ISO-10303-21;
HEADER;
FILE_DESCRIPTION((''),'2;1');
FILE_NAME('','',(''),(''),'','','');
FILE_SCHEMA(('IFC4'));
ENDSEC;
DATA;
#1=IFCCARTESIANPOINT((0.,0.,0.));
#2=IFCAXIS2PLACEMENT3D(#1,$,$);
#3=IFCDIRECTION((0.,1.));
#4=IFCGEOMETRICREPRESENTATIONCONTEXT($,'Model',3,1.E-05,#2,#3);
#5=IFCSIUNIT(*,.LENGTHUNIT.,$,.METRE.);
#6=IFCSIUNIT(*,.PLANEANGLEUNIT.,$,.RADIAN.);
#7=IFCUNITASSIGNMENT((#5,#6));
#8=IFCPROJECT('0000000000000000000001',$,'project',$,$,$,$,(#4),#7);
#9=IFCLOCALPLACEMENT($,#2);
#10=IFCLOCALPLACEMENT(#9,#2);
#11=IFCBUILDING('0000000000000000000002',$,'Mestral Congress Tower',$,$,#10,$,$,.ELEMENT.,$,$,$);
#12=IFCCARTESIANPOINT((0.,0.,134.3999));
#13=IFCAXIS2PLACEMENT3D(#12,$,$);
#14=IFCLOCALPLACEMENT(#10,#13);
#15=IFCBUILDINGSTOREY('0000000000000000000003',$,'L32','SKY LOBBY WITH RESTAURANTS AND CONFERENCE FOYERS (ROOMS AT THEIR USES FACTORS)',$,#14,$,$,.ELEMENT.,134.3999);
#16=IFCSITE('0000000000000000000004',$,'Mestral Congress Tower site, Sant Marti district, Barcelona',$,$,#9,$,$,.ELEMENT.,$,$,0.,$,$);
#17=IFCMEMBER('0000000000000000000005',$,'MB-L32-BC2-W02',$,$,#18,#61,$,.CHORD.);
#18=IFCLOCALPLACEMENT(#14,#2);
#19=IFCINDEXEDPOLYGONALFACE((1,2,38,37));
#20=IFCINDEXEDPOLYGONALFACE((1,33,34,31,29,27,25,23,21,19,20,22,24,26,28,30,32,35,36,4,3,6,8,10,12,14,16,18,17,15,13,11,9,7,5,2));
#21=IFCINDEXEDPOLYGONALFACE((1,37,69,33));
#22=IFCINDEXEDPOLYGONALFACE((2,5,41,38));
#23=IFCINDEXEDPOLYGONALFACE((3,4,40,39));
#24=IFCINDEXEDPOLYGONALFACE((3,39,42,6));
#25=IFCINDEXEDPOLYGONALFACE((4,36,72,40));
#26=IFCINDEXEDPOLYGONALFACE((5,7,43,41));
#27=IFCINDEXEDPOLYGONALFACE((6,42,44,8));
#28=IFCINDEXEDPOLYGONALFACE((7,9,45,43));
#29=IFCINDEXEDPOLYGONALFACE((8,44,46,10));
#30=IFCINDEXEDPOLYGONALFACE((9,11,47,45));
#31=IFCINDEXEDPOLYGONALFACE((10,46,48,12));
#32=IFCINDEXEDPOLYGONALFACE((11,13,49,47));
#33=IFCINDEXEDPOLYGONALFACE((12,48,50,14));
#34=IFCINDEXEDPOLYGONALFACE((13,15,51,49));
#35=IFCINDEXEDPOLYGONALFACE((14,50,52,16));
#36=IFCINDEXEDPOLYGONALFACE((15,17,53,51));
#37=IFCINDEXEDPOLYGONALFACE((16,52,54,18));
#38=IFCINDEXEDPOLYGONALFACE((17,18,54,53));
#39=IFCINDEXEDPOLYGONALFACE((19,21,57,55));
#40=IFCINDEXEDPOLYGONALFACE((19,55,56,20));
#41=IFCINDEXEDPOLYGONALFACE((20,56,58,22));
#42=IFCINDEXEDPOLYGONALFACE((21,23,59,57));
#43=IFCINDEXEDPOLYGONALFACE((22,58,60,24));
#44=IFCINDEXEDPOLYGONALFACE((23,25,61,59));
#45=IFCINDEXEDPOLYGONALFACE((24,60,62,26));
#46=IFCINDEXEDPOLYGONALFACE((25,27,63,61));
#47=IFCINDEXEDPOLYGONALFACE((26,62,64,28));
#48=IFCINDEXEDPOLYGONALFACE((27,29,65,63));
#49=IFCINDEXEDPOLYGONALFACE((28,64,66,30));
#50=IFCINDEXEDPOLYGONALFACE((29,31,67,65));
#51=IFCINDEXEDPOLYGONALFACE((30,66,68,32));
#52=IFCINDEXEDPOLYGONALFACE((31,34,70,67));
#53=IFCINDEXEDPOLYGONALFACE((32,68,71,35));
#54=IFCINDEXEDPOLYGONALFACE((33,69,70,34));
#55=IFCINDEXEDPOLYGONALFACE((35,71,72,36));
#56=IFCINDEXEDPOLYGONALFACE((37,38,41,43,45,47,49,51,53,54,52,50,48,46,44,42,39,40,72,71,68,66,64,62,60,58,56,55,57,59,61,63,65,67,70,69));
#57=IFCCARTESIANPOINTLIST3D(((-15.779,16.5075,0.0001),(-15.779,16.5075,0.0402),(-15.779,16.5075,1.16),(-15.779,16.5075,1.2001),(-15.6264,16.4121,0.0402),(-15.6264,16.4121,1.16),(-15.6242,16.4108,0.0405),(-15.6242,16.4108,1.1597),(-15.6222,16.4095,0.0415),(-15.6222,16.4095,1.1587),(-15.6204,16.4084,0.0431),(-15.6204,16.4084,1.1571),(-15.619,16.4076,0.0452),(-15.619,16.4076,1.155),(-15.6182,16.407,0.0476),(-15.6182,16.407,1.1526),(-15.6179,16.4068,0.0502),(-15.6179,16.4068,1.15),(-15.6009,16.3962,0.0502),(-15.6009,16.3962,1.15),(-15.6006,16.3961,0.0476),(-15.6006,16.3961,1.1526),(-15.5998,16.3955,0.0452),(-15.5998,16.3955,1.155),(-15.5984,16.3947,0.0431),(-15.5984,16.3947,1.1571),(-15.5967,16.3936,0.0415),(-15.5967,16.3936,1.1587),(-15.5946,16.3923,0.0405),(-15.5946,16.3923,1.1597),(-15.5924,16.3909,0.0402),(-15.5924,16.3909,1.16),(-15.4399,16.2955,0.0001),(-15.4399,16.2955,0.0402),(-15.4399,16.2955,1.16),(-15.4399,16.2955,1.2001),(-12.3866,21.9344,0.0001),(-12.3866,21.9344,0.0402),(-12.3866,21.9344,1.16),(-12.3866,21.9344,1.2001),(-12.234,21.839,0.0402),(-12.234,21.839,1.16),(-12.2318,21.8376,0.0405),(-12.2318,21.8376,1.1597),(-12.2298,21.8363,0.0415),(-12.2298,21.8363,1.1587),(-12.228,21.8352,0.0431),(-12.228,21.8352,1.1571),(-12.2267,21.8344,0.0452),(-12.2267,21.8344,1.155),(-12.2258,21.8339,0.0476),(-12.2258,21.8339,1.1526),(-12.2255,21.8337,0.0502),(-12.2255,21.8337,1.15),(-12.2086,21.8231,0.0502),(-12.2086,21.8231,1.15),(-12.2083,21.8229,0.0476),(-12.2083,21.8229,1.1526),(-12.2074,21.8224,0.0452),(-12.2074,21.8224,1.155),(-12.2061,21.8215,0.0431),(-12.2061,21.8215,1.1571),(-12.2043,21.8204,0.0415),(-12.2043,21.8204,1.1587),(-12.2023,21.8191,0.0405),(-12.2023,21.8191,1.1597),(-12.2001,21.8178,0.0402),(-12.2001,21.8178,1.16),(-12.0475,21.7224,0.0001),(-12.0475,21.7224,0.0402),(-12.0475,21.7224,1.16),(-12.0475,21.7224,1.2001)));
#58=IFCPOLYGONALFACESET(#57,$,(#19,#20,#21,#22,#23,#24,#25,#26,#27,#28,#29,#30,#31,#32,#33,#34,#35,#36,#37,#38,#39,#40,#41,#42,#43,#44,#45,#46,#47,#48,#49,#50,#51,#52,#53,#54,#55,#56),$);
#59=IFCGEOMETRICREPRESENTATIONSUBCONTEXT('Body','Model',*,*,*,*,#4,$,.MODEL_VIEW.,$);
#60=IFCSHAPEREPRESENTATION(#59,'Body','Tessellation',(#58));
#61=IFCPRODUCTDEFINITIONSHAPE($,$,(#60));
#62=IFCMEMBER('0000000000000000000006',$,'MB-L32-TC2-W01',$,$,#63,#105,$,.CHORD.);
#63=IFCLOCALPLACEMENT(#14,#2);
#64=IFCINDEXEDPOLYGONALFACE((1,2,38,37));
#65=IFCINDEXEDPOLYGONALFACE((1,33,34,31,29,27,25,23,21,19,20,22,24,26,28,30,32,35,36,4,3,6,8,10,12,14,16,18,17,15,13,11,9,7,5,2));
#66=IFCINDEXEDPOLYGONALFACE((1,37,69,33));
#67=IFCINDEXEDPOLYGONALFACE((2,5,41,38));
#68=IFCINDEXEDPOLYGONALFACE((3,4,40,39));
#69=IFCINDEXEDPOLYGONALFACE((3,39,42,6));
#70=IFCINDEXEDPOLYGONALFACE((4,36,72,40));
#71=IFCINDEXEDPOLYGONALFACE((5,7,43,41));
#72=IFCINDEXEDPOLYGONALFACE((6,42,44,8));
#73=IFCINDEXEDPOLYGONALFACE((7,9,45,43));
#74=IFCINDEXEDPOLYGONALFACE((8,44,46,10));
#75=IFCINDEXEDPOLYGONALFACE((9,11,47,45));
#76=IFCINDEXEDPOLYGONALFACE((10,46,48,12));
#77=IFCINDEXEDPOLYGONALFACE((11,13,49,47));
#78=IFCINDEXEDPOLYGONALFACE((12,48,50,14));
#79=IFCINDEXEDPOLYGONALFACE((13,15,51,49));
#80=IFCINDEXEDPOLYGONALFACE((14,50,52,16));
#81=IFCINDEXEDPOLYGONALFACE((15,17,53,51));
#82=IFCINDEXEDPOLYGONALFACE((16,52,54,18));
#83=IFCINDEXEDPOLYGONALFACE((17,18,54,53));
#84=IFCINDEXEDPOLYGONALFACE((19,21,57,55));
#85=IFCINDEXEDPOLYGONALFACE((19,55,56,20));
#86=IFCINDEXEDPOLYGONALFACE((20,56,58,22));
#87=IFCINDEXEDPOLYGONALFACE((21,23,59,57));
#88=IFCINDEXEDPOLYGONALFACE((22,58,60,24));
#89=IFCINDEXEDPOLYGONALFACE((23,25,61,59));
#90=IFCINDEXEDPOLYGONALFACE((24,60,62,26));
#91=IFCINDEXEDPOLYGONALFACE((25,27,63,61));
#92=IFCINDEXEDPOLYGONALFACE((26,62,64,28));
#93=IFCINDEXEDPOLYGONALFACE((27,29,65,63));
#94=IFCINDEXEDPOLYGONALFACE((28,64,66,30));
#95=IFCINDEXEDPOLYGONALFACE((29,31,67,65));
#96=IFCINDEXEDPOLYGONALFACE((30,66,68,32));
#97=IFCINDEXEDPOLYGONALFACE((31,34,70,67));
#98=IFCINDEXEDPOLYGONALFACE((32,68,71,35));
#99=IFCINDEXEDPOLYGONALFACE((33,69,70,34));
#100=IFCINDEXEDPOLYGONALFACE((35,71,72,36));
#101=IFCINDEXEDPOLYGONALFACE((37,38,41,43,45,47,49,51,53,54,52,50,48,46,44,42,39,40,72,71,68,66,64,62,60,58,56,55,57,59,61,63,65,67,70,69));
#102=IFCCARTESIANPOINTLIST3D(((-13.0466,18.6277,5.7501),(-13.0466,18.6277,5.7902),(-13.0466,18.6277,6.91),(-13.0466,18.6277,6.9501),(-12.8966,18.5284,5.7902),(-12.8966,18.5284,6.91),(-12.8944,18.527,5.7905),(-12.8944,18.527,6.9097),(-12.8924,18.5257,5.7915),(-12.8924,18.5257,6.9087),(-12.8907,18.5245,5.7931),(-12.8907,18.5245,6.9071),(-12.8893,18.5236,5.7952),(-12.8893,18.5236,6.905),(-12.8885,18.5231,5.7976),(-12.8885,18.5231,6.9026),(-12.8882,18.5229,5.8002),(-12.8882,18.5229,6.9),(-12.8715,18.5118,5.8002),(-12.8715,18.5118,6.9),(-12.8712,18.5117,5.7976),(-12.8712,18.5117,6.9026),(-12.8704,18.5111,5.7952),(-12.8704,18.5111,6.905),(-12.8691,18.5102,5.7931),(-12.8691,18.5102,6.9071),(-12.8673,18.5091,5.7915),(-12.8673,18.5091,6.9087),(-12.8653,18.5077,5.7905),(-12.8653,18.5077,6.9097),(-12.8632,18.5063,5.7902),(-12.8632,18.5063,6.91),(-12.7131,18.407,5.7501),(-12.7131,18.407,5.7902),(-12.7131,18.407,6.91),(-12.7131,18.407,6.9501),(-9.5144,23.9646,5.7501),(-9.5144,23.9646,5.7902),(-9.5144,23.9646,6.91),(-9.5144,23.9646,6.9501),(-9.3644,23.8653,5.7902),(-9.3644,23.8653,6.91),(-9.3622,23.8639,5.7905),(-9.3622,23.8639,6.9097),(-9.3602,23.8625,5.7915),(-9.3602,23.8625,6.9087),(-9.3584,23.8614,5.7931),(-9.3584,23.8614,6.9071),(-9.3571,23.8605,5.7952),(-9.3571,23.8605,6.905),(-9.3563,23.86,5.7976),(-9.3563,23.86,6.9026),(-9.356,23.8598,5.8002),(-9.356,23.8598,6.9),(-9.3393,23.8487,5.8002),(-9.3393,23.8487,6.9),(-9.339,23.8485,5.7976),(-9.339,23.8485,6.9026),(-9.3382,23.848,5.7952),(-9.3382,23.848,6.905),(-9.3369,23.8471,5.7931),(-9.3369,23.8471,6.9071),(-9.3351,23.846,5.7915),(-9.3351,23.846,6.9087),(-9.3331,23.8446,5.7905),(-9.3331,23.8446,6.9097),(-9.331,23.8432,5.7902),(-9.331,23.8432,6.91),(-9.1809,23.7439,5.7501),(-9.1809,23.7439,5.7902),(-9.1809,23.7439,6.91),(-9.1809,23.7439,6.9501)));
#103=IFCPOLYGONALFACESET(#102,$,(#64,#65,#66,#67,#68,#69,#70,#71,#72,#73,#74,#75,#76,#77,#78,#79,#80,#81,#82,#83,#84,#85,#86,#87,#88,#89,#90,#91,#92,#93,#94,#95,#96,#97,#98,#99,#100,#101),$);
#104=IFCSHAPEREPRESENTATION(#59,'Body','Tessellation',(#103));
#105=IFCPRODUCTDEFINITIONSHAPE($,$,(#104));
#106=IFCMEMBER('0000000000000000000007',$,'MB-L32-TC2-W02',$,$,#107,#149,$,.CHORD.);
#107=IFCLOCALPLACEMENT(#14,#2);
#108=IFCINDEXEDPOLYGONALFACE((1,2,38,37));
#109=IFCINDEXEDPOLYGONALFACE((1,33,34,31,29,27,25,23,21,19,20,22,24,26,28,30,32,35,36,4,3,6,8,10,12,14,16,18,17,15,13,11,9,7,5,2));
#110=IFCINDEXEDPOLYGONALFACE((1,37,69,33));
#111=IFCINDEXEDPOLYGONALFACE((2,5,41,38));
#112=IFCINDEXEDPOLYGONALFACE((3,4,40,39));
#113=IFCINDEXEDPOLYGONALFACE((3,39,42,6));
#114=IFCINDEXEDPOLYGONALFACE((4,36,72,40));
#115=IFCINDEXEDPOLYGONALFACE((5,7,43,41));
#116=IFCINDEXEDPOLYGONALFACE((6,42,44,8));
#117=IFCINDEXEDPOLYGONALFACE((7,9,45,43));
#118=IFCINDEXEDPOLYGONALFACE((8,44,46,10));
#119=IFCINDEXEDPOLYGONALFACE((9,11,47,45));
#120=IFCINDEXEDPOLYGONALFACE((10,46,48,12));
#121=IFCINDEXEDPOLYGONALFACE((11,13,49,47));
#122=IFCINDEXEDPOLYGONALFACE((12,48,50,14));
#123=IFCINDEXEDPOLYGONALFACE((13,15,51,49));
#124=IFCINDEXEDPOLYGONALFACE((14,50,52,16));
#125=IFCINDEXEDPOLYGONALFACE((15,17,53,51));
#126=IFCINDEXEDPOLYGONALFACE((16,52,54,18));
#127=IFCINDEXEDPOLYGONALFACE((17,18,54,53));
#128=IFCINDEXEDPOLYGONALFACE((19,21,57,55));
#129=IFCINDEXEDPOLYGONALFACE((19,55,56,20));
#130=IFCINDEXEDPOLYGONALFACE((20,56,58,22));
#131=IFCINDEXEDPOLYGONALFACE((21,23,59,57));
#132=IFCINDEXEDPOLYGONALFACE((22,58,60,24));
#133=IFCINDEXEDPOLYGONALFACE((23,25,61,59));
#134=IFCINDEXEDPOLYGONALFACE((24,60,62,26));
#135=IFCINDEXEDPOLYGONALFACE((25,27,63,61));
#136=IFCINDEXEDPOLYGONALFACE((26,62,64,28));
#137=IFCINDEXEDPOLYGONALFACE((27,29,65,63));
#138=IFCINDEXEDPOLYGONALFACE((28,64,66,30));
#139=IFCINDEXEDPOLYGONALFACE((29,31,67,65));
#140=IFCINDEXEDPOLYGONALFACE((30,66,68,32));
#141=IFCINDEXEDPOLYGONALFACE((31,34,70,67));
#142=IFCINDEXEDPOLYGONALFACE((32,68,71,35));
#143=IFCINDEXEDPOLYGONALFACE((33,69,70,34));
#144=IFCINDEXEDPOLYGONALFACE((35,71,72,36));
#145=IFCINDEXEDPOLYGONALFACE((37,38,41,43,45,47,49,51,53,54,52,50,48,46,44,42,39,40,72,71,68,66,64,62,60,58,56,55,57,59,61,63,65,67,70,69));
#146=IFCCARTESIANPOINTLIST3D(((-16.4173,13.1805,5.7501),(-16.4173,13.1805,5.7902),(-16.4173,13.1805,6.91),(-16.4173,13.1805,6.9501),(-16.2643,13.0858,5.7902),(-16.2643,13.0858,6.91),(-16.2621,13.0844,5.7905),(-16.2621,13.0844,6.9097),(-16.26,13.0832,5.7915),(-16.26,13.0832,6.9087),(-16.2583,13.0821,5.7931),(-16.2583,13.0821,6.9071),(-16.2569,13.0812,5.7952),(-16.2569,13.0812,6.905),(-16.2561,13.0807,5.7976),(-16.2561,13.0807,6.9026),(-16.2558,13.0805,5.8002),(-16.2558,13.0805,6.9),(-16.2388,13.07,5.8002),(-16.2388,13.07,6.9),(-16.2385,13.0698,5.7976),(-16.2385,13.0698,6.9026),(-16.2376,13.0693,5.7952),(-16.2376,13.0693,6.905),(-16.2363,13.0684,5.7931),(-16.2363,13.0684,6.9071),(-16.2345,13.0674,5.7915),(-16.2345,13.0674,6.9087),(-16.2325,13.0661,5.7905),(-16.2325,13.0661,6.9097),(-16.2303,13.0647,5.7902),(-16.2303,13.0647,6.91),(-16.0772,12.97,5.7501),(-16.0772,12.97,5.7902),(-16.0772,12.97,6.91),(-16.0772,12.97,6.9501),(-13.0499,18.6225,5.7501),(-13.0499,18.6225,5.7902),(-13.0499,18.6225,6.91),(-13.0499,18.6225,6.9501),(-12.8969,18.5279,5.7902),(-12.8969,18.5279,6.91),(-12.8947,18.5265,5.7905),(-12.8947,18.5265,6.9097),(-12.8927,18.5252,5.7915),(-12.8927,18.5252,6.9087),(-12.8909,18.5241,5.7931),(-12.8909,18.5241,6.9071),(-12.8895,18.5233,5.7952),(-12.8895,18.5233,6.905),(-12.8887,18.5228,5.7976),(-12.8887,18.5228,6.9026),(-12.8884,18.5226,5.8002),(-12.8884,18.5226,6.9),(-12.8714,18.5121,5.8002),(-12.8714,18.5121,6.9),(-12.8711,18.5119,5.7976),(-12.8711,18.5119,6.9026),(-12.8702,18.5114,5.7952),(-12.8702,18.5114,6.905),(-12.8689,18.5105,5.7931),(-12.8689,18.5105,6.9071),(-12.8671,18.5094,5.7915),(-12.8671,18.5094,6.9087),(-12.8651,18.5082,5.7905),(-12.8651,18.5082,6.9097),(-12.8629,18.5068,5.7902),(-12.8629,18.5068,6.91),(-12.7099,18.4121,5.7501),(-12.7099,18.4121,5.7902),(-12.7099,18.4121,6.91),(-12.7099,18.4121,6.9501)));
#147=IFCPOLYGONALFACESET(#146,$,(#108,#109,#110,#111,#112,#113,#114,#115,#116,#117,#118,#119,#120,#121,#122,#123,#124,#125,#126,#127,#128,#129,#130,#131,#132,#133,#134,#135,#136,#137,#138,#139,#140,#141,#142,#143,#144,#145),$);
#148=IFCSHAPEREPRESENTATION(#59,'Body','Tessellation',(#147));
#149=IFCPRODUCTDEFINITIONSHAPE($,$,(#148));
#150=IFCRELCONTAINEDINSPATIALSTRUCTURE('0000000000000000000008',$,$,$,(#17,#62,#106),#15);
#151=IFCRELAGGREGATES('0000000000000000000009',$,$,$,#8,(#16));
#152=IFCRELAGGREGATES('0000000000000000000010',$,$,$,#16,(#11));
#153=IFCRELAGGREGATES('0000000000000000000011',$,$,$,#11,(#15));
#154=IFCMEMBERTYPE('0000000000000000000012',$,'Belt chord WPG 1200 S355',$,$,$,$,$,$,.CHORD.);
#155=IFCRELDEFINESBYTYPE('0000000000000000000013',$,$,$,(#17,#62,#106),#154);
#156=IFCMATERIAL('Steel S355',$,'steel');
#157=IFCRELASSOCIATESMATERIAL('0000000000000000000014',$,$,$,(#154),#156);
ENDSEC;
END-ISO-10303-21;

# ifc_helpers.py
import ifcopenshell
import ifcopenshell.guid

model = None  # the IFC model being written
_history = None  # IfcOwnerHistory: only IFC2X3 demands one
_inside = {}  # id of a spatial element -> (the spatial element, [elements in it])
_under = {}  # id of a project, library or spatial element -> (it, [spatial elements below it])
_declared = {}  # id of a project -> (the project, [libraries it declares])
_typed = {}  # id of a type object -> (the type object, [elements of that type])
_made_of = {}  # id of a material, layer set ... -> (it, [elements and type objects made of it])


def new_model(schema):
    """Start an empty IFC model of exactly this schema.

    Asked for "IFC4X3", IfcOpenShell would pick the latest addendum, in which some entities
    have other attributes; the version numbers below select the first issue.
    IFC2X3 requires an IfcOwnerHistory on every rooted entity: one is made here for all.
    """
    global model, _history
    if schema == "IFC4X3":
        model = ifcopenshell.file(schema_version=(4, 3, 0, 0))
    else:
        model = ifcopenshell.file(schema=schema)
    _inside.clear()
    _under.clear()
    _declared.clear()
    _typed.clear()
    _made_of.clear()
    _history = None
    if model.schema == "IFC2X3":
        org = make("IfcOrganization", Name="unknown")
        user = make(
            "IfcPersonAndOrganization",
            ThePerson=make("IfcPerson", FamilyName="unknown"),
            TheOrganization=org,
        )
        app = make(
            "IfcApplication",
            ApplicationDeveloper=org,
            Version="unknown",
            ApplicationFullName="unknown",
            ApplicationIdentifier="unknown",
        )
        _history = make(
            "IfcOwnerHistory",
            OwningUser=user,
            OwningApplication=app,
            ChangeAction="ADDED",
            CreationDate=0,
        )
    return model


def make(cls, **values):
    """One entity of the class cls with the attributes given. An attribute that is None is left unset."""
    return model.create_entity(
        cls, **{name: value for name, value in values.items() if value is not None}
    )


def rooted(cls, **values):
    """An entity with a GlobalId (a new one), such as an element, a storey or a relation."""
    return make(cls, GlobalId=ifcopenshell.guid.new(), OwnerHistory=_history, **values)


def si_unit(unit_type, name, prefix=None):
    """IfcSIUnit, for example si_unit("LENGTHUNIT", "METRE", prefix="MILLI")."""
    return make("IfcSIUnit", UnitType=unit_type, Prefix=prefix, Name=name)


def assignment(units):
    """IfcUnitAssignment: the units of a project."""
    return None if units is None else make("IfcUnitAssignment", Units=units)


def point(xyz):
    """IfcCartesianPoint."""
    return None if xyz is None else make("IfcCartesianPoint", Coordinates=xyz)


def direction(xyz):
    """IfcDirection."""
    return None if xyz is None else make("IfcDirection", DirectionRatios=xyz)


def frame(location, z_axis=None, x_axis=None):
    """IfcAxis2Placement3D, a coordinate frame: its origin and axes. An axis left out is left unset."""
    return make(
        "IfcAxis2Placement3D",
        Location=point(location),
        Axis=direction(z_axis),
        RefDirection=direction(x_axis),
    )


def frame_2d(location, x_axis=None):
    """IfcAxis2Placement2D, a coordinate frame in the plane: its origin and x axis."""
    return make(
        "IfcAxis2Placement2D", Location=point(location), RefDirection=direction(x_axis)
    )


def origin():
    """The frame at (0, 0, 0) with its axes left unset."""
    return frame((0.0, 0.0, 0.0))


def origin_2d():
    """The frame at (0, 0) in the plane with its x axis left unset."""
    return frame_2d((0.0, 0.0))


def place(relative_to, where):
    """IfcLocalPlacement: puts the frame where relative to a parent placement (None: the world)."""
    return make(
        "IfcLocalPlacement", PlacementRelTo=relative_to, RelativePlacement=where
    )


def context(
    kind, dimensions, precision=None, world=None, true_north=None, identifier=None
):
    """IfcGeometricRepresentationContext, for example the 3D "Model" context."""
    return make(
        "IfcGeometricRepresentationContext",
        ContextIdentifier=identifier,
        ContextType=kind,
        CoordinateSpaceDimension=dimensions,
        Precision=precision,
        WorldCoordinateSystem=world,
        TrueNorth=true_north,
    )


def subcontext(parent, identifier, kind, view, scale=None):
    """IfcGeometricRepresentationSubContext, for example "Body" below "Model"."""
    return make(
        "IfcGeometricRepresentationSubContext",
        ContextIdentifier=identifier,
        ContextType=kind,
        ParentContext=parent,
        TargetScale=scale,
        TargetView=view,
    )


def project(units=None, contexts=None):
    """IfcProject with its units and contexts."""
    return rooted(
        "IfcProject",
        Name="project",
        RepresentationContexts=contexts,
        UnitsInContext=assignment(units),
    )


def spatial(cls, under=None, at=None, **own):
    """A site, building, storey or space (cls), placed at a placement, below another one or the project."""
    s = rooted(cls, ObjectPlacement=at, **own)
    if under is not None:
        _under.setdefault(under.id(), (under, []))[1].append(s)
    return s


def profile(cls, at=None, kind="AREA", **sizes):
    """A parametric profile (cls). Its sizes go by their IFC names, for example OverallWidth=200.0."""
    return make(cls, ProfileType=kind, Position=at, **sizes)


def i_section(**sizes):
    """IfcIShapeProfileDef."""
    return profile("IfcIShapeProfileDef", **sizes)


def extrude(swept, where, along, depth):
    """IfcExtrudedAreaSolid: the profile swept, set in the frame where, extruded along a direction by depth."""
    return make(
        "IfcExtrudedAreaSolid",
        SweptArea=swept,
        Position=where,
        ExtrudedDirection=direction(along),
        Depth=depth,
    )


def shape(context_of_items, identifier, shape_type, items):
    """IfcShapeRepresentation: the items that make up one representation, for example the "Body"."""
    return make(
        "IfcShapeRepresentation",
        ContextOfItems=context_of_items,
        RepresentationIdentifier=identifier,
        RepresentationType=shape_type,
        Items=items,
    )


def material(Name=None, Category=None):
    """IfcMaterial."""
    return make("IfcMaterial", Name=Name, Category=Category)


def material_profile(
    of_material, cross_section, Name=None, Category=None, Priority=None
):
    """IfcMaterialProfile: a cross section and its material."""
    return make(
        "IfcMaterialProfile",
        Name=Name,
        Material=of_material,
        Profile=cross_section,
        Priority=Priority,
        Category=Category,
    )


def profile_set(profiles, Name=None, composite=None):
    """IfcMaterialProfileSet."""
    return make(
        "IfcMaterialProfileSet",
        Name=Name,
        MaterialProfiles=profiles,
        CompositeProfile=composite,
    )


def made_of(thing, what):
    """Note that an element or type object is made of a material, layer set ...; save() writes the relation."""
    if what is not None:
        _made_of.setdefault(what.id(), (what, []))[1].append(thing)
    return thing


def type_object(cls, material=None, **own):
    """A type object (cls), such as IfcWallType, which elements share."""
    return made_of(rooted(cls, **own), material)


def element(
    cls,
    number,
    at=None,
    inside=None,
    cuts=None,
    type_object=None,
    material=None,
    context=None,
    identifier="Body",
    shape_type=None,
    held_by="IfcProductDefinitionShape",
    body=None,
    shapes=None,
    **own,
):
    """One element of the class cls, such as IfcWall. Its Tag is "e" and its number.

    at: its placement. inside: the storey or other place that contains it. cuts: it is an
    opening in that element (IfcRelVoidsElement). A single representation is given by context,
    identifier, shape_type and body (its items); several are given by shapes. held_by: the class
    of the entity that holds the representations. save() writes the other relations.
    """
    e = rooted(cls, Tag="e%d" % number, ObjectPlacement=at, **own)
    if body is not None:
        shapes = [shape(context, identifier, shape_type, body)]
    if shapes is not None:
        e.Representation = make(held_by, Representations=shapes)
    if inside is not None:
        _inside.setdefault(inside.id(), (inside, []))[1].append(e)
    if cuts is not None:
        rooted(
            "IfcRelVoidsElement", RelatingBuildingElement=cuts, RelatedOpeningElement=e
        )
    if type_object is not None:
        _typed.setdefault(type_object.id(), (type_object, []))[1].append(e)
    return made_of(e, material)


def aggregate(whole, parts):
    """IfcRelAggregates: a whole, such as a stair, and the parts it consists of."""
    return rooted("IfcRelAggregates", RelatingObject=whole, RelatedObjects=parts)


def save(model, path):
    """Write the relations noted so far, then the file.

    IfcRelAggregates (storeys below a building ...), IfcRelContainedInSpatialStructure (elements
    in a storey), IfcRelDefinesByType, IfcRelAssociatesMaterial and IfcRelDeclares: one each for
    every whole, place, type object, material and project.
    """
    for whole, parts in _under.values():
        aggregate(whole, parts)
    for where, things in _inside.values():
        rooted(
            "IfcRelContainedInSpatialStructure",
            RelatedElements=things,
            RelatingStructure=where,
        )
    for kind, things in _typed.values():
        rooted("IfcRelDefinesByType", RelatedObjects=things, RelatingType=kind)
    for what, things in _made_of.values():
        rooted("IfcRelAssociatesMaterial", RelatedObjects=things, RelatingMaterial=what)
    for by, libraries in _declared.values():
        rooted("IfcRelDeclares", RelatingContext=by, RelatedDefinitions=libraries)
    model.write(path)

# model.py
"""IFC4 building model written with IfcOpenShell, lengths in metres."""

from ifc_helpers import new_model, si_unit, direction, frame, origin, origin_2d, place, context, subcontext, project, spatial, i_section, extrude, material, material_profile, profile_set, type_object, element, save


model = new_model("IFC4")

# Units and contexts
model_context = context("Model", 3, precision=1e-05, world=origin(), true_north=direction((0.0, 1.0)))
body_context = subcontext(model_context, "Body", "Model", "MODEL_VIEW")
ifc_project = project(units=[si_unit("LENGTHUNIT", "METRE"), si_unit("PLANEANGLEUNIT", "RADIAN")], contexts=[model_context])

# Site, building, storey
site_placement = place(None, origin())
site = spatial("IfcSite", under=ifc_project, at=site_placement, Name="Mestral Congress Tower site, Sant Marti district, Barcelona", CompositionType="ELEMENT", RefElevation=0.0)
building_placement = place(site_placement, origin())
building = spatial("IfcBuilding", under=site, at=building_placement, Name="Mestral Congress Tower", CompositionType="ELEMENT")
storey_placement = place(building_placement, frame((0.0, 0.0, 134.3999)))
storey = spatial("IfcBuildingStorey", under=building, at=storey_placement, Name="L32", Description="SKY LOBBY WITH RESTAURANTS AND CONFERENCE FOYERS (ROOMS AT THEIR USES FACTORS)", CompositionType="ELEMENT", Elevation=134.3999)

# Members
ifc_material_1 = material(Name="Steel S355", Category="steel")
ifc_material_profile_1 = material_profile(ifc_material_1, i_section(OverallWidth=0.3999, OverallDepth=1.2, WebThickness=0.02, FlangeThickness=0.04, FilletRadius=0.01, at=origin_2d()), Name="WPG 1200")
ifc_profile_set_1 = profile_set([ifc_material_profile_1], Name="Steel S355")
member_type_1 = type_object("IfcMemberType", Name="Belt chord WPG 1200 S355", PredefinedType="CHORD", material=ifc_profile_set_1)
for number, where, z_axis, x_axis, name in (
    (1, (-12.217, 21.8284, 0.6001), (-0.530068, -0.847955, 0.0), (0.847955, -0.530068, 0.0), "MB-L32-BC2-W02"),
    (2, (-9.3477, 23.8542, 6.3501), (-0.551915, -0.8339, 0.0), (0.8339, -0.551915, 0.0), "MB-L32-TC2-W01"),
):
    element("IfcMember", number, at=place(storey_placement, frame(where, z_axis=z_axis, x_axis=x_axis)), inside=storey, type_object=member_type_1, Name=name, PredefinedType="CHORD", context=body_context, shape_type="SweptSolid", body=[
        extrude(i_section(OverallWidth=0.3999, OverallDepth=1.2, WebThickness=0.02, FlangeThickness=0.04, FilletRadius=0.01, at=origin_2d()), origin(), (0.0, 0.0, 1.0), 6.3999),
    ])
member_1_placement = place(storey_placement, frame((-12.8799, 18.5173, 6.3501), z_axis=(-0.526184, -0.850371, 0.0), x_axis=(0.850371, -0.526184, 0.0)))
element("IfcMember", 3, at=member_1_placement, inside=storey, type_object=member_type_1, Name="MB-L32-TC2-W02", PredefinedType="CHORD", context=body_context, shape_type="SweptSolid", body=[
    extrude(i_section(OverallWidth=0.3999, OverallDepth=1.2, WebThickness=0.02, FlangeThickness=0.04, FilletRadius=0.01, at=origin_2d()), origin(), (0.0, 0.0, 1.0), 6.3997),
])

save(model, "model.ifc")
